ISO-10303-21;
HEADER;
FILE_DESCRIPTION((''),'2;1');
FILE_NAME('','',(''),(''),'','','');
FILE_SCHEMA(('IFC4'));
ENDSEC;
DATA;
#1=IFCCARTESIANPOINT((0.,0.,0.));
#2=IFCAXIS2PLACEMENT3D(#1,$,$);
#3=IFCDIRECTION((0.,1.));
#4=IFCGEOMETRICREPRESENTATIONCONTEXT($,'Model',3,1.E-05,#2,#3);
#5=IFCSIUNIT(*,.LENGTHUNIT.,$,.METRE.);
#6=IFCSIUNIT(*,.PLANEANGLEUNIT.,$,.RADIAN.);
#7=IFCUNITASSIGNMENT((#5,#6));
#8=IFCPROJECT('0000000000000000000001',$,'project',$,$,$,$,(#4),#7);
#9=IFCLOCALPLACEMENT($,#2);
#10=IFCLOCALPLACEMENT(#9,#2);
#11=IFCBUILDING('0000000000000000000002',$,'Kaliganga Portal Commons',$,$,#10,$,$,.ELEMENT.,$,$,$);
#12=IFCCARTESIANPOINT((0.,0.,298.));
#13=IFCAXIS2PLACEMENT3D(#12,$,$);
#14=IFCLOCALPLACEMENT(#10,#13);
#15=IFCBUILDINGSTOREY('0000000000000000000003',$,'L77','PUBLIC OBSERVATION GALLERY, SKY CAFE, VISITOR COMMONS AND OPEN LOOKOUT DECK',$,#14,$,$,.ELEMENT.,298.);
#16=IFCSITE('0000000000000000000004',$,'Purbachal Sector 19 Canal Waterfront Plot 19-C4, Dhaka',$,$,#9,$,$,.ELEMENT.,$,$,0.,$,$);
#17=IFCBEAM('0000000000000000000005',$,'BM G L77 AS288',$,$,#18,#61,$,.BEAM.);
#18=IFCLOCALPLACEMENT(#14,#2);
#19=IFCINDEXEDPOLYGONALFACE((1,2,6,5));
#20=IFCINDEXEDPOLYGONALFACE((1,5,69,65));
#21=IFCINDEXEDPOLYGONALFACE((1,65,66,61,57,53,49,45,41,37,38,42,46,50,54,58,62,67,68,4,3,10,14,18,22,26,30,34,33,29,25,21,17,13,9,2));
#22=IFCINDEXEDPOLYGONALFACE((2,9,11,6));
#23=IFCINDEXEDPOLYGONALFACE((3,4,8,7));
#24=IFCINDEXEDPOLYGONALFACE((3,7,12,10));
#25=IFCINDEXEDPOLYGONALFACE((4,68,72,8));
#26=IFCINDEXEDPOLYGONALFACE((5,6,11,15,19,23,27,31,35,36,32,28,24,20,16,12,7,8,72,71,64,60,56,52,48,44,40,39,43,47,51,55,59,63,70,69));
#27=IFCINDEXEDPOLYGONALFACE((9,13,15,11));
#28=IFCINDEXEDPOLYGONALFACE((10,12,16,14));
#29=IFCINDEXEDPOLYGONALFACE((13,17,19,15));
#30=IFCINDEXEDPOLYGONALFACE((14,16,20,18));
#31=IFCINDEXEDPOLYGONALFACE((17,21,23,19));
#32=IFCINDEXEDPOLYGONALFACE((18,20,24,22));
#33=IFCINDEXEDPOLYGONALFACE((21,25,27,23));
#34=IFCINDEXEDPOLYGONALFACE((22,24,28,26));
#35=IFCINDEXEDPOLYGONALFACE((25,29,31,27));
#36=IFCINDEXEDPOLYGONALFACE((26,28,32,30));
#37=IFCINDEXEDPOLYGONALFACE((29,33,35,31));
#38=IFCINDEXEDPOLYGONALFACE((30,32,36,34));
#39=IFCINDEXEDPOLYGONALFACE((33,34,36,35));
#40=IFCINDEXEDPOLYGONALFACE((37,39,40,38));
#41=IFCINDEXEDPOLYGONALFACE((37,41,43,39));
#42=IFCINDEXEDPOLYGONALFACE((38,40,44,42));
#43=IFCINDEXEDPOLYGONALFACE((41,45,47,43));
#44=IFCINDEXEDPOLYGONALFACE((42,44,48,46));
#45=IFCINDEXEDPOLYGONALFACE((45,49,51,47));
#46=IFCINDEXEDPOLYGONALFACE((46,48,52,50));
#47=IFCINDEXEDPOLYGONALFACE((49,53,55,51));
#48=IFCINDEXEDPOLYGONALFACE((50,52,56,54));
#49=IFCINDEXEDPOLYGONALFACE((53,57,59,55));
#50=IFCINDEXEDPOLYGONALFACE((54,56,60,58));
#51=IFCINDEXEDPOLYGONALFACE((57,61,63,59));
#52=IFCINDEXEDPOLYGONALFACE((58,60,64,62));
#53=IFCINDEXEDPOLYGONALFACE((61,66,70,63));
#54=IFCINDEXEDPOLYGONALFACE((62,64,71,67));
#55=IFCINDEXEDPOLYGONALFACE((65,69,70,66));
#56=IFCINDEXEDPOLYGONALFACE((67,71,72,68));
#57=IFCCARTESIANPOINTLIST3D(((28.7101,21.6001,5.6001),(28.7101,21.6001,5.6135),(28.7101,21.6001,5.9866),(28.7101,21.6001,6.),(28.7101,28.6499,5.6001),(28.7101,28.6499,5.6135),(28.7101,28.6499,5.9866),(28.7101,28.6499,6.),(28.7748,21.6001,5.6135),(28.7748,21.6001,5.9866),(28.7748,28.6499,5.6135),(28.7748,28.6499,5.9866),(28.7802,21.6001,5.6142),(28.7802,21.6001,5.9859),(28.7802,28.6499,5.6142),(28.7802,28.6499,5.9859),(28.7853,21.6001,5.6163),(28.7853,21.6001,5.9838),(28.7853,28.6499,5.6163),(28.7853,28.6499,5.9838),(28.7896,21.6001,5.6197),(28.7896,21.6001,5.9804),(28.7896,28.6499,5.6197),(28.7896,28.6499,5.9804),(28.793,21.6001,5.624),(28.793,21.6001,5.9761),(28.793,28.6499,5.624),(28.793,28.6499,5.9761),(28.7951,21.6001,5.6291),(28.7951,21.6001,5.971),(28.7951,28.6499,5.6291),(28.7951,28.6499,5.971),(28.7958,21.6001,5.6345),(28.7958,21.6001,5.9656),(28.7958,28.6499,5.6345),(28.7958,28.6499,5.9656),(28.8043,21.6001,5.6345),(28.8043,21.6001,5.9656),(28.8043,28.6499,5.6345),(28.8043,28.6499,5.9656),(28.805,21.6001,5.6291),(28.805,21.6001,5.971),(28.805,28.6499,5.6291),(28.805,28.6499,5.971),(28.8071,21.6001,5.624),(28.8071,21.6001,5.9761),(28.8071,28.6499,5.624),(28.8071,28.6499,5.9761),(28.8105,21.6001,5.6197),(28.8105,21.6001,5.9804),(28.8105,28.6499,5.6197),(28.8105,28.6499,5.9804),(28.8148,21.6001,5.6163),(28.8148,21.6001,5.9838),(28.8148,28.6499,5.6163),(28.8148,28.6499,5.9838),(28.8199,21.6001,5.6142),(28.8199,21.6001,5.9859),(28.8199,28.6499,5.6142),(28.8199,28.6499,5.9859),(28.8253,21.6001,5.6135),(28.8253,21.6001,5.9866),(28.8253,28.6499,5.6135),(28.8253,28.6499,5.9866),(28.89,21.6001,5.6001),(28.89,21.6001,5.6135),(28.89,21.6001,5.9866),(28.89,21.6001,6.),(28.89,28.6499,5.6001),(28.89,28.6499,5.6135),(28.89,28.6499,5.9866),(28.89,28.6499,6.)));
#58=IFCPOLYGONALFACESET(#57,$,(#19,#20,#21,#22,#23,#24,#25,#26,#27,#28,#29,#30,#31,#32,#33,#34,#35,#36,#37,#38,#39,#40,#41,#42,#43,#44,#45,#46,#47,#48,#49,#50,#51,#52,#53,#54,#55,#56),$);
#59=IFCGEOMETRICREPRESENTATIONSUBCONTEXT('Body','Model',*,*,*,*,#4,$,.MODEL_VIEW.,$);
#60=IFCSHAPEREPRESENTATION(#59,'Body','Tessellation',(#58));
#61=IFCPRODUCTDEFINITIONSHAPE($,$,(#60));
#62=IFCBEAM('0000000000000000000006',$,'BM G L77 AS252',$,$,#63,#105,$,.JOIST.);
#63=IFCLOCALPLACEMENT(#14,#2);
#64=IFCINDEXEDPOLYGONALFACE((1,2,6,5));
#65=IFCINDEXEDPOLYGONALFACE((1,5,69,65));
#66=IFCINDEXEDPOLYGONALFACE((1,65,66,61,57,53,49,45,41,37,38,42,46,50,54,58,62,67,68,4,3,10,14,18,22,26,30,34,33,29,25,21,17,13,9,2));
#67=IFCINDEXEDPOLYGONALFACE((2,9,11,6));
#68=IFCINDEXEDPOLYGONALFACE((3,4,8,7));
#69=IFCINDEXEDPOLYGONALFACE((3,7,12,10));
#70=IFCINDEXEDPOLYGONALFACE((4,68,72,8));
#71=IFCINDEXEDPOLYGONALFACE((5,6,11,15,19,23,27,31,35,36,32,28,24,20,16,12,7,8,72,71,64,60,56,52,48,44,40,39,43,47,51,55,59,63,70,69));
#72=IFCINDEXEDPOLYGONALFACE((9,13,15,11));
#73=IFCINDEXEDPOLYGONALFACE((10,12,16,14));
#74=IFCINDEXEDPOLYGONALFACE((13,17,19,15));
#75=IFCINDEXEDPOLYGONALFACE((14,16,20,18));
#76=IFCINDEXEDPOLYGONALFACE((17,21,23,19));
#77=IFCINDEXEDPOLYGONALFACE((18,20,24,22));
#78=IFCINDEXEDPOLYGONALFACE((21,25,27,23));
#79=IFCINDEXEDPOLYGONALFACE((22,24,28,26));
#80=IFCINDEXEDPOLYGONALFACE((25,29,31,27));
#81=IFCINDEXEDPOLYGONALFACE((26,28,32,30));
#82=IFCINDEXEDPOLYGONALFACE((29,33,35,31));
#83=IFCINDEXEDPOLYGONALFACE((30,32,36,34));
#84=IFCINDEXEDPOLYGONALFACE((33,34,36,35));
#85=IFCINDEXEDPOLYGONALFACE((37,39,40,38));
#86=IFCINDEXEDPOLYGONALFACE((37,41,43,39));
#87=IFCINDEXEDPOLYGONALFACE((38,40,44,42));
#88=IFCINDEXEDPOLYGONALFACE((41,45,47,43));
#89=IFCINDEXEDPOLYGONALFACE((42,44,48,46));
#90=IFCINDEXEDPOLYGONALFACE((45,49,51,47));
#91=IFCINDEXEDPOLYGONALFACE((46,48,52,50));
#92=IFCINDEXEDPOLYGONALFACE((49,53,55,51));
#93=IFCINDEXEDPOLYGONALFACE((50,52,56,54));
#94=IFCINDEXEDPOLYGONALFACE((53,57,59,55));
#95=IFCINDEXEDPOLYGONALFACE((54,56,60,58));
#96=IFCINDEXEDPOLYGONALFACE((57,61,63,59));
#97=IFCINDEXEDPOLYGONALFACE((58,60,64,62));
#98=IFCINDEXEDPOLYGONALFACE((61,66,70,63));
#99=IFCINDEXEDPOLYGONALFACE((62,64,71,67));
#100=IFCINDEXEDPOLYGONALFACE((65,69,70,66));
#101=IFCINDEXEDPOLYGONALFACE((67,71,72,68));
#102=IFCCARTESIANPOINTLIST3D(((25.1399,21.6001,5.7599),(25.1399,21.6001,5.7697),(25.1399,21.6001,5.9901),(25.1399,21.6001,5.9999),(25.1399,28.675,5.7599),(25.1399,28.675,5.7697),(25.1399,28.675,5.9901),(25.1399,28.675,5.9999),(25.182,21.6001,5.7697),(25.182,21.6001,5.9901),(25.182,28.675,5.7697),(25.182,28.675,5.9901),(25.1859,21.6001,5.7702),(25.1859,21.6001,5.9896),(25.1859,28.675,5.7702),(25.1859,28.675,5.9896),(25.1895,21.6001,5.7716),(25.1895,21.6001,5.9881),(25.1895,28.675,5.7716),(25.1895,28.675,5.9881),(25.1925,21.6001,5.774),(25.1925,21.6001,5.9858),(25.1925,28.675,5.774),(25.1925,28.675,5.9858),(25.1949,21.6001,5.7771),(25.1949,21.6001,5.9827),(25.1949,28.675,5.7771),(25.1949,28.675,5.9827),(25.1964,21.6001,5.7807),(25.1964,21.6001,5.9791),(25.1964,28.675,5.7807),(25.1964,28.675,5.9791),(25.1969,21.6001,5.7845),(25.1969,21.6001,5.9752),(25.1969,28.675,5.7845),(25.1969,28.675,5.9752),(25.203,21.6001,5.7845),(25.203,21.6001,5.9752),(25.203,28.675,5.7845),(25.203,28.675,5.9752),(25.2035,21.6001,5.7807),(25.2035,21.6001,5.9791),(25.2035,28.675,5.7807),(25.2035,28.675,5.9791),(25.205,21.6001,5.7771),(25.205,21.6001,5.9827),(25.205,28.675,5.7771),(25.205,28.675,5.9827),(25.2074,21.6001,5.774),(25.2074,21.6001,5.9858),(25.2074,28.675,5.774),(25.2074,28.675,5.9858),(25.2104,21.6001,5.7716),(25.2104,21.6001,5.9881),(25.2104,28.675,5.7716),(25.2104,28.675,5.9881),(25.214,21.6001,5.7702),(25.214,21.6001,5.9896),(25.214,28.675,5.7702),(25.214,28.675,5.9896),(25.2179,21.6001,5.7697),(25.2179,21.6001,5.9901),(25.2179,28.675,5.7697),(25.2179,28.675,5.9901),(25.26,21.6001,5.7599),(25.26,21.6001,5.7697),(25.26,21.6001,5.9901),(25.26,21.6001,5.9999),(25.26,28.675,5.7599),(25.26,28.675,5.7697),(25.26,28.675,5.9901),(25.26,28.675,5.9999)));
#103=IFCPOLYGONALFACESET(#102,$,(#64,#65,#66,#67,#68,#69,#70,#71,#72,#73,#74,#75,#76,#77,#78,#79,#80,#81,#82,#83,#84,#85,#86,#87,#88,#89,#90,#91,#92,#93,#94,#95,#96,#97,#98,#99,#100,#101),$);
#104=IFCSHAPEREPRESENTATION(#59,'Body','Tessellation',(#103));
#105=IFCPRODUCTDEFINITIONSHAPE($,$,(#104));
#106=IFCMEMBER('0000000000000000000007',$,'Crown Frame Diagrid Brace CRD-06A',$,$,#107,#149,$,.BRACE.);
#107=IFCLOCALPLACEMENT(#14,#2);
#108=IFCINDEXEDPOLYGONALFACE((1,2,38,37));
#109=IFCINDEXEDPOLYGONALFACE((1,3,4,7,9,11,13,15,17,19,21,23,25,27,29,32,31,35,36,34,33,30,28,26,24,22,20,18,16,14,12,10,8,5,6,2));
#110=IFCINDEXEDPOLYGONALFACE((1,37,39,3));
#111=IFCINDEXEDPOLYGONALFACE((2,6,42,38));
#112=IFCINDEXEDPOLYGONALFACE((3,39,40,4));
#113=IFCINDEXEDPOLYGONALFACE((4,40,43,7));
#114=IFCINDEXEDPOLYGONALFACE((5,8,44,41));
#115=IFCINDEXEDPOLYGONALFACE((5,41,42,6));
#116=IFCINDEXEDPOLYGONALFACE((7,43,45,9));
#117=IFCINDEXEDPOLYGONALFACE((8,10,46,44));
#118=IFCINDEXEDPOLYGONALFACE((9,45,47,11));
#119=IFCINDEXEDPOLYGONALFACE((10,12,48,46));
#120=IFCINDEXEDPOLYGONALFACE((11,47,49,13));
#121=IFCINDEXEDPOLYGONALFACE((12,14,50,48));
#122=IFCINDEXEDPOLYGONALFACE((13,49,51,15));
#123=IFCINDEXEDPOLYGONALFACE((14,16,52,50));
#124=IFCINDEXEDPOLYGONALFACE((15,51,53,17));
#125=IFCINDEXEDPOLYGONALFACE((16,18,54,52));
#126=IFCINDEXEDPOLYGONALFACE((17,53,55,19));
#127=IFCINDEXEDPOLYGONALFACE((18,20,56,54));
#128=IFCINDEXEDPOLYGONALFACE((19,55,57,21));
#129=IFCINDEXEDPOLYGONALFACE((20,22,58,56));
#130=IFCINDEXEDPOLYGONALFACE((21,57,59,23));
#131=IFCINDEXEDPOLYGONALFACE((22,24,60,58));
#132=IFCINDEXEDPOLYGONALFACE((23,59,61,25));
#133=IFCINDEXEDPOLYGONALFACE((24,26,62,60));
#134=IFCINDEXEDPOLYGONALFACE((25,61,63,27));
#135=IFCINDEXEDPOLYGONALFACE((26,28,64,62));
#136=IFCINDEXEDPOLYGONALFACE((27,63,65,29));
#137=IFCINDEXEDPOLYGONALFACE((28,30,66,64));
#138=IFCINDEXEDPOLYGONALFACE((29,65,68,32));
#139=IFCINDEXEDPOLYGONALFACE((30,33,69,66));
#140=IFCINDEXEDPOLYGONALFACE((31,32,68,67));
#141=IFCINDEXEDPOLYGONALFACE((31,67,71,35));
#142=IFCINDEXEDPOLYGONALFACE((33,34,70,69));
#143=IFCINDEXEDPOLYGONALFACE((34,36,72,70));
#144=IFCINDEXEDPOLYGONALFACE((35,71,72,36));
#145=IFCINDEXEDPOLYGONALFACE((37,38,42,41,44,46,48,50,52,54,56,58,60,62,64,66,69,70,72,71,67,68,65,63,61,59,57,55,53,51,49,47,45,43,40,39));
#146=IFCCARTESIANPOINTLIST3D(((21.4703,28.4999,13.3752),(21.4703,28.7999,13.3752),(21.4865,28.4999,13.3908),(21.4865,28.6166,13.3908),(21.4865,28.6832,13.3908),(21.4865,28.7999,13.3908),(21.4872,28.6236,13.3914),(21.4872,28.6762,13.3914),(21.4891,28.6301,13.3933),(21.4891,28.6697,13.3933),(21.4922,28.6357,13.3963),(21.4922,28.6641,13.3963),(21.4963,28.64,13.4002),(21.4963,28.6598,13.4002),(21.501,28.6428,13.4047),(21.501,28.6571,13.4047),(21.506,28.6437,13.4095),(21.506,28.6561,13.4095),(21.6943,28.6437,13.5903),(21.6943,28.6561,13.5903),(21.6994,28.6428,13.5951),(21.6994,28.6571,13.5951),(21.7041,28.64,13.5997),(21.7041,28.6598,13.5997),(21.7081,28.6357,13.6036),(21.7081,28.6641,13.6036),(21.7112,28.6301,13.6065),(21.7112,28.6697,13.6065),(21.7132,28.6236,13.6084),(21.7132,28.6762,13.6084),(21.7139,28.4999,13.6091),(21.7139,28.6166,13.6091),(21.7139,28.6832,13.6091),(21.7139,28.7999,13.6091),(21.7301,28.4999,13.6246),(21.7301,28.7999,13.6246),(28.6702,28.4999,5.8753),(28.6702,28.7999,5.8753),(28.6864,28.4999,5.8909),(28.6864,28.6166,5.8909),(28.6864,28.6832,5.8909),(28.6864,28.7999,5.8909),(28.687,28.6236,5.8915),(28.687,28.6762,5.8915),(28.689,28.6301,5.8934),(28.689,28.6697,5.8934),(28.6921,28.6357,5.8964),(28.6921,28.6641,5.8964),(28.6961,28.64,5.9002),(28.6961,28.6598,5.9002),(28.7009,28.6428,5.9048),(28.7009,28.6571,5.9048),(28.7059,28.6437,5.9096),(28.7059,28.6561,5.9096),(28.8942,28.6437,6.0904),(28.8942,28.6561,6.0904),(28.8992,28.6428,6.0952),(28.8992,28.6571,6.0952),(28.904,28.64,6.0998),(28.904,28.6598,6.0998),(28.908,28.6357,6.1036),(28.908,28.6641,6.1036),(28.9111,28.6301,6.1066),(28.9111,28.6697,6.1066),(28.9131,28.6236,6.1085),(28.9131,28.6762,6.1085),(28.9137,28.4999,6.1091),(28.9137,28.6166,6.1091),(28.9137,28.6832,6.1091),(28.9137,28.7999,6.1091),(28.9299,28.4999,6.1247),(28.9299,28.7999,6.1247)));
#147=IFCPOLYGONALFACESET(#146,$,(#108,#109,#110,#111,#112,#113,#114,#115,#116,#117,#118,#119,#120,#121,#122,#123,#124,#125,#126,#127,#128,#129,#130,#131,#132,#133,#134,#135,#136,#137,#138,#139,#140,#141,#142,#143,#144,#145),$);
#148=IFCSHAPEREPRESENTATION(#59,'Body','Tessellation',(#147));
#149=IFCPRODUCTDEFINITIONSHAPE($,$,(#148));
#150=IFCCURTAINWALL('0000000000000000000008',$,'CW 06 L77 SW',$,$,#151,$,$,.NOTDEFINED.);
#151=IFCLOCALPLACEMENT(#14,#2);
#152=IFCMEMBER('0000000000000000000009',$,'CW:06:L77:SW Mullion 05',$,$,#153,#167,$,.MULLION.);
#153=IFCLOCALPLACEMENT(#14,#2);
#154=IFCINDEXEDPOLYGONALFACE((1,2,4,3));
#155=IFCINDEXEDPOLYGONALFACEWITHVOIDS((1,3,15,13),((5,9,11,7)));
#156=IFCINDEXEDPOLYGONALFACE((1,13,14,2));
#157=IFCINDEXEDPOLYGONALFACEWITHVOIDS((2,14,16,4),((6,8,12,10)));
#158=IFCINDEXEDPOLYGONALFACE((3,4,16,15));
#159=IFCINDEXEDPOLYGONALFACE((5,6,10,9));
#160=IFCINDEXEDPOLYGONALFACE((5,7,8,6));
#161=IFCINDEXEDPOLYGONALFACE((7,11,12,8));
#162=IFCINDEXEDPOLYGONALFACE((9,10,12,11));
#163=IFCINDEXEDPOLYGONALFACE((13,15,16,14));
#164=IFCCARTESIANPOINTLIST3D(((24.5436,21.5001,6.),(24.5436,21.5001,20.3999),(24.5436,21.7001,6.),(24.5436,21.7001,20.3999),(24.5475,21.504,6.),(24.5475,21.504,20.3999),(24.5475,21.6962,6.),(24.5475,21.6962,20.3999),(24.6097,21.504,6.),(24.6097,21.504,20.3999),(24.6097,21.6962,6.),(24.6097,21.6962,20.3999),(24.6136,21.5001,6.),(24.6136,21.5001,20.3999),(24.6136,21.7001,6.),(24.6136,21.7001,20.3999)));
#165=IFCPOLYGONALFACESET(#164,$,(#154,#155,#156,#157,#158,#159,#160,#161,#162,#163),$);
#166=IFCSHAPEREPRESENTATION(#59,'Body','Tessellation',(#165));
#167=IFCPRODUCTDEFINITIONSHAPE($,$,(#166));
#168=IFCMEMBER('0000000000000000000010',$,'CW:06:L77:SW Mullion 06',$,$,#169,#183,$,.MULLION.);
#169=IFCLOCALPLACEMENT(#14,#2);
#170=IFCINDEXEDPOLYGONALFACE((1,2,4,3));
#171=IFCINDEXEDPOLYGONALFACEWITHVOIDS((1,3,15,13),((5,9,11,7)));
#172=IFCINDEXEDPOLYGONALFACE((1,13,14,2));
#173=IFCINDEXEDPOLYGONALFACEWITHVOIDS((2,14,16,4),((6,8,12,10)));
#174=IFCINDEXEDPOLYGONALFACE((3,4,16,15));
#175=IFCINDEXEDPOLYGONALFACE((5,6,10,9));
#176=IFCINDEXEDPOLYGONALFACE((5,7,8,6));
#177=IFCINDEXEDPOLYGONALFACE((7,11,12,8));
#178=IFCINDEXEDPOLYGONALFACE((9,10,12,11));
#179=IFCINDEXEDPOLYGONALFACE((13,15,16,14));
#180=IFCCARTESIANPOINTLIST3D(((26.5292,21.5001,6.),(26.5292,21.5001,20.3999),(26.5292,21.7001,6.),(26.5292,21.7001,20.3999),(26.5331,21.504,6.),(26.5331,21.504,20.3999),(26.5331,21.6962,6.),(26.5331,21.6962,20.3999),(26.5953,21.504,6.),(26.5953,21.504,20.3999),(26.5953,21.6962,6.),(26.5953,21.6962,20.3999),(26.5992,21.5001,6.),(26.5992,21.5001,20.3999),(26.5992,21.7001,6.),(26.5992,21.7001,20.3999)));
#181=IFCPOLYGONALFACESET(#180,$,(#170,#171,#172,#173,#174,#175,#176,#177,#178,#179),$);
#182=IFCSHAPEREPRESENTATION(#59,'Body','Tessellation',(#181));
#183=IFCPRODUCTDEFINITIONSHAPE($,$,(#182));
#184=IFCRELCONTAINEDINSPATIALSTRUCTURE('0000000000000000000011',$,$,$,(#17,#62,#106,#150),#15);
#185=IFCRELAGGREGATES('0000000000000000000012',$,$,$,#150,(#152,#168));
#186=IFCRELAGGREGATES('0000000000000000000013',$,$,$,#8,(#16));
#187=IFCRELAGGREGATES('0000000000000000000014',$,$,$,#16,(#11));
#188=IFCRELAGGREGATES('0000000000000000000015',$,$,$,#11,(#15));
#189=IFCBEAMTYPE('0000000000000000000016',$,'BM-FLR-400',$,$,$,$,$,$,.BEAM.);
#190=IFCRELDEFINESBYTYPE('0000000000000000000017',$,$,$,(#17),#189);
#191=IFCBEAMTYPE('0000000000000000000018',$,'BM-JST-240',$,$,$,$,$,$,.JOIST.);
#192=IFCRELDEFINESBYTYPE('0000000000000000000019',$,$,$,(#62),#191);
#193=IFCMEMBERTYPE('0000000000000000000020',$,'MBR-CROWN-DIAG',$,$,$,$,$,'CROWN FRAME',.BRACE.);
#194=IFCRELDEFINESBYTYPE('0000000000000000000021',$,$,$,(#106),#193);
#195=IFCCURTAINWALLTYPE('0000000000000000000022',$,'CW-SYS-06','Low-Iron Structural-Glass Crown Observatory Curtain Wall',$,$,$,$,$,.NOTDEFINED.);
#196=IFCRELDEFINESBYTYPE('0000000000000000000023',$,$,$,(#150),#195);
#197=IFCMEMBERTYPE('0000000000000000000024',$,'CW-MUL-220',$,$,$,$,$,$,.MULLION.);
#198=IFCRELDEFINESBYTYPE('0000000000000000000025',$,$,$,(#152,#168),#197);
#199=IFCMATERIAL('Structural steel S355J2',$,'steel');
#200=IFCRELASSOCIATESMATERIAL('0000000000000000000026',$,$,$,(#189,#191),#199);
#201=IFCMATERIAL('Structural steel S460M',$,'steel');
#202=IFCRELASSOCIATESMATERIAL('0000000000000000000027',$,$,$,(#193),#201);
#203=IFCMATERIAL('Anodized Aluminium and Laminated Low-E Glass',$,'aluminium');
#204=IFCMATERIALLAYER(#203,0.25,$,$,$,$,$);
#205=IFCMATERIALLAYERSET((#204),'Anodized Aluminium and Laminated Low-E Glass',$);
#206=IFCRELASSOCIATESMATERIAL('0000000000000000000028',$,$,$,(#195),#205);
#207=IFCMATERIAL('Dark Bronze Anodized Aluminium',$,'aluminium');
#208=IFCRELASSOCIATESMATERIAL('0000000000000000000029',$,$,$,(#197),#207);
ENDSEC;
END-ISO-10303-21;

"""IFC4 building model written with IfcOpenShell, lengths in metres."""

from ifc_helpers import new_model, si_unit, direction, frame, origin, origin_2d, place, context, subcontext, project, spatial, hollow_rectangle, i_section, extrude, source, transform, mapped, material, layer, layer_set, material_profile, profile_set, type_object, element, aggregate, save


model = new_model("IFC4")

# Units and contexts
model_context = context("Model", 3, precision=1e-05, world=origin(), true_north=direction((0.0, 1.0)))
body_context = subcontext(model_context, "Body", "Model", "MODEL_VIEW")
ifc_project = project(units=[si_unit("LENGTHUNIT", "METRE"), si_unit("PLANEANGLEUNIT", "RADIAN")], contexts=[model_context])

# Site, building, storey
site_placement = place(None, origin())
site = spatial("IfcSite", under=ifc_project, at=site_placement, Name="Purbachal Sector 19 Canal Waterfront Plot 19-C4, Dhaka", CompositionType="ELEMENT", RefElevation=0.0)
building_placement = place(site_placement, origin())
building = spatial("IfcBuilding", under=site, at=building_placement, Name="Kaliganga Portal Commons", CompositionType="ELEMENT")
storey_placement = place(building_placement, frame((0.0, 0.0, 298.0)))
storey = spatial("IfcBuildingStorey", under=building, at=storey_placement, Name="L77", Description="PUBLIC OBSERVATION GALLERY, SKY CAFE, VISITOR COMMONS AND OPEN LOOKOUT DECK", CompositionType="ELEMENT", Elevation=298.0)

# Shared definitions
ifc_material_1 = material(Name="Structural steel S460M", Category="steel")

# Beams
ifc_material_2 = material(Name="Structural steel S355J2", Category="steel")
ifc_material_profile_1 = material_profile(ifc_material_2, i_section(OverallWidth=0.1799, OverallDepth=0.3999, WebThickness=0.0085, FlangeThickness=0.0134, FilletRadius=0.021, at=origin_2d()), Name="IPE 400")
ifc_profile_set_1 = profile_set([ifc_material_profile_1], Name="Structural steel S355J2 wide-flange")
beam_type_1 = type_object("IfcBeamType", Name="BM-FLR-400", PredefinedType="BEAM", material=ifc_profile_set_1)
shared_shape_1 = source(origin(), body_context, "Body", "SweptSolid", [
    extrude(i_section(OverallWidth=0.1799, OverallDepth=0.3999, WebThickness=0.0085, FlangeThickness=0.0134, FilletRadius=0.021, at=origin_2d()), origin(), (0.0, 0.0, 1.0), 7.0498),
])
beam_1_placement = place(storey_placement, frame((28.8, 21.6001, 5.8), z_axis=(0.0, 1.0, 0.0), x_axis=(-1.0, 0.0, 0.0)))
element("IfcBeam", 1, at=beam_1_placement, inside=storey, type_object=beam_type_1, Name="BM G L77 AS288", PredefinedType="BEAM", context=body_context, shape_type="MappedRepresentation", body=[
    mapped(shared_shape_1, transform((0.0, 0.0, 0.0), x_axis=(1.0, 0.0, 0.0), y_axis=(0.0, 1.0, 0.0), z_axis=(0.0, 0.0, 1.0), scale=1.0)),
])
ifc_material_profile_2 = material_profile(ifc_material_2, i_section(OverallWidth=0.1201, OverallDepth=0.24, WebThickness=0.0061, FlangeThickness=0.0098, FilletRadius=0.0149, at=origin_2d()), Name="IPE 240")
ifc_profile_set_2 = profile_set([ifc_material_profile_2], Name="Structural steel S355J2 wide-flange")
beam_type_2 = type_object("IfcBeamType", Name="BM-JST-240", PredefinedType="JOIST", material=ifc_profile_set_2)
shared_shape_2 = source(origin(), body_context, "Body", "SweptSolid", [
    extrude(i_section(OverallWidth=0.1201, OverallDepth=0.24, WebThickness=0.0061, FlangeThickness=0.0098, FilletRadius=0.0149, at=origin_2d()), origin(), (0.0, 0.0, 1.0), 7.075),
])
beam_2_placement = place(storey_placement, frame((25.2, 21.6001, 5.8799), z_axis=(0.0, 1.0, 0.0), x_axis=(-1.0, 0.0, 0.0)))
element("IfcBeam", 2, at=beam_2_placement, inside=storey, type_object=beam_type_2, Name="BM G L77 AS252", PredefinedType="JOIST", context=body_context, shape_type="MappedRepresentation", body=[
    mapped(shared_shape_2, transform((0.0, 0.0, 0.0), x_axis=(1.0, 0.0, 0.0), y_axis=(0.0, 1.0, 0.0), z_axis=(0.0, 0.0, 1.0), scale=1.0)),
])

# Member
ifc_material_profile_3 = material_profile(ifc_material_1, i_section(OverallWidth=0.3, OverallDepth=0.3601, WebThickness=0.0125, FlangeThickness=0.0225, FilletRadius=0.0271, at=origin_2d()), Name="HE 360 B")
ifc_profile_set_3 = profile_set([ifc_material_profile_3], Name="Structural steel S460M wide-flange")
member_type_1 = type_object("IfcMemberType", Name="MBR-CROWN-DIAG", ElementType="CROWN FRAME", PredefinedType="BRACE", material=ifc_profile_set_3)
shared_shape_3 = source(origin(), body_context, "Body", "SweptSolid", [
    extrude(i_section(OverallWidth=0.3, OverallDepth=0.3601, WebThickness=0.0125, FlangeThickness=0.0225, FilletRadius=0.0271, at=origin_2d()), origin(), (0.0, 0.0, 1.0), 10.3965),
])
member_1_placement = place(storey_placement, frame((28.8, 28.6499, 6.0), z_axis=(-0.692529, 0.0, 0.72139), x_axis=(0.0, -1.0, 0.0)))
element("IfcMember", 3, at=member_1_placement, inside=storey, type_object=member_type_1, Name="Crown Frame Diagrid Brace CRD-06A", PredefinedType="BRACE", context=body_context, shape_type="MappedRepresentation", body=[
    mapped(shared_shape_3, transform((0.0, 0.0, 0.0), x_axis=(1.0, 0.0, 0.0), y_axis=(0.0, 1.0, 0.0), z_axis=(0.0, 0.0, 1.0), scale=1.0)),
])

# Curtain wall, members
ifc_material_3 = material(Name="Anodized Aluminium and Laminated Low-E Glass", Category="aluminium")
ifc_layer_1 = layer(ifc_material_3, 0.25)
ifc_layer_set_1 = layer_set([ifc_layer_1], Name="Anodized Aluminium and Laminated Low-E Glass")
curtain_wall_type = type_object("IfcCurtainWallType", Name="CW-SYS-06", Description="Low-Iron Structural-Glass Crown Observatory Curtain Wall", PredefinedType="NOTDEFINED", material=ifc_layer_set_1)
curtain_wall_1_placement = place(storey_placement, origin())
curtain_wall_1 = element("IfcCurtainWall", 4, at=curtain_wall_1_placement, inside=storey, type_object=curtain_wall_type, Name="CW 06 L77 SW", PredefinedType="NOTDEFINED")
ifc_material_4 = material(Name="Dark Bronze Anodized Aluminium", Category="aluminium")
ifc_material_profile_4 = material_profile(ifc_material_4, hollow_rectangle(XDim=0.0701, YDim=0.2, WallThickness=0.0039, at=origin_2d()), Name="ALU MULL 70x200x4")
ifc_profile_set_4 = profile_set([ifc_material_profile_4], Name="Dark Bronze Anodized Aluminium")
member_type_2 = type_object("IfcMemberType", Name="CW-MUL-220", PredefinedType="MULLION", material=ifc_profile_set_4)
shared_shape_4 = source(origin(), body_context, "Body", "SweptSolid", [
    extrude(hollow_rectangle(XDim=0.0701, YDim=0.2, WallThickness=0.0039, at=origin_2d()), origin(), (0.0, 0.0, 1.0), 14.3999),
])
member_2_placement = place(storey_placement, frame((24.5786, 21.6001, 6.0), z_axis=(0.0, 0.0, 1.0), x_axis=(1.0, 0.0, 0.0)))
member_2 = element("IfcMember", 5, at=member_2_placement, type_object=member_type_2, Name="CW:06:L77:SW Mullion 05", PredefinedType="MULLION", context=body_context, shape_type="MappedRepresentation", body=[
    mapped(shared_shape_4, transform((0.0, 0.0, 0.0), x_axis=(1.0, 0.0, 0.0), y_axis=(0.0, 1.0, 0.0), z_axis=(0.0, 0.0, 1.0), scale=1.0)),
])
member_3_placement = place(storey_placement, frame((26.5642, 21.6001, 6.0), z_axis=(0.0, 0.0, 1.0), x_axis=(1.0, 0.0, 0.0)))
member_3 = element("IfcMember", 6, at=member_3_placement, type_object=member_type_2, Name="CW:06:L77:SW Mullion 06", PredefinedType="MULLION", context=body_context, shape_type="MappedRepresentation", body=[
    mapped(shared_shape_4, transform((0.0, 0.0, 0.0), x_axis=(1.0, 0.0, 0.0), y_axis=(0.0, 1.0, 0.0), z_axis=(0.0, 0.0, 1.0), scale=1.0)),
])
aggregate(curtain_wall_1, [member_2, member_3])

save(model, "model.ifc")
